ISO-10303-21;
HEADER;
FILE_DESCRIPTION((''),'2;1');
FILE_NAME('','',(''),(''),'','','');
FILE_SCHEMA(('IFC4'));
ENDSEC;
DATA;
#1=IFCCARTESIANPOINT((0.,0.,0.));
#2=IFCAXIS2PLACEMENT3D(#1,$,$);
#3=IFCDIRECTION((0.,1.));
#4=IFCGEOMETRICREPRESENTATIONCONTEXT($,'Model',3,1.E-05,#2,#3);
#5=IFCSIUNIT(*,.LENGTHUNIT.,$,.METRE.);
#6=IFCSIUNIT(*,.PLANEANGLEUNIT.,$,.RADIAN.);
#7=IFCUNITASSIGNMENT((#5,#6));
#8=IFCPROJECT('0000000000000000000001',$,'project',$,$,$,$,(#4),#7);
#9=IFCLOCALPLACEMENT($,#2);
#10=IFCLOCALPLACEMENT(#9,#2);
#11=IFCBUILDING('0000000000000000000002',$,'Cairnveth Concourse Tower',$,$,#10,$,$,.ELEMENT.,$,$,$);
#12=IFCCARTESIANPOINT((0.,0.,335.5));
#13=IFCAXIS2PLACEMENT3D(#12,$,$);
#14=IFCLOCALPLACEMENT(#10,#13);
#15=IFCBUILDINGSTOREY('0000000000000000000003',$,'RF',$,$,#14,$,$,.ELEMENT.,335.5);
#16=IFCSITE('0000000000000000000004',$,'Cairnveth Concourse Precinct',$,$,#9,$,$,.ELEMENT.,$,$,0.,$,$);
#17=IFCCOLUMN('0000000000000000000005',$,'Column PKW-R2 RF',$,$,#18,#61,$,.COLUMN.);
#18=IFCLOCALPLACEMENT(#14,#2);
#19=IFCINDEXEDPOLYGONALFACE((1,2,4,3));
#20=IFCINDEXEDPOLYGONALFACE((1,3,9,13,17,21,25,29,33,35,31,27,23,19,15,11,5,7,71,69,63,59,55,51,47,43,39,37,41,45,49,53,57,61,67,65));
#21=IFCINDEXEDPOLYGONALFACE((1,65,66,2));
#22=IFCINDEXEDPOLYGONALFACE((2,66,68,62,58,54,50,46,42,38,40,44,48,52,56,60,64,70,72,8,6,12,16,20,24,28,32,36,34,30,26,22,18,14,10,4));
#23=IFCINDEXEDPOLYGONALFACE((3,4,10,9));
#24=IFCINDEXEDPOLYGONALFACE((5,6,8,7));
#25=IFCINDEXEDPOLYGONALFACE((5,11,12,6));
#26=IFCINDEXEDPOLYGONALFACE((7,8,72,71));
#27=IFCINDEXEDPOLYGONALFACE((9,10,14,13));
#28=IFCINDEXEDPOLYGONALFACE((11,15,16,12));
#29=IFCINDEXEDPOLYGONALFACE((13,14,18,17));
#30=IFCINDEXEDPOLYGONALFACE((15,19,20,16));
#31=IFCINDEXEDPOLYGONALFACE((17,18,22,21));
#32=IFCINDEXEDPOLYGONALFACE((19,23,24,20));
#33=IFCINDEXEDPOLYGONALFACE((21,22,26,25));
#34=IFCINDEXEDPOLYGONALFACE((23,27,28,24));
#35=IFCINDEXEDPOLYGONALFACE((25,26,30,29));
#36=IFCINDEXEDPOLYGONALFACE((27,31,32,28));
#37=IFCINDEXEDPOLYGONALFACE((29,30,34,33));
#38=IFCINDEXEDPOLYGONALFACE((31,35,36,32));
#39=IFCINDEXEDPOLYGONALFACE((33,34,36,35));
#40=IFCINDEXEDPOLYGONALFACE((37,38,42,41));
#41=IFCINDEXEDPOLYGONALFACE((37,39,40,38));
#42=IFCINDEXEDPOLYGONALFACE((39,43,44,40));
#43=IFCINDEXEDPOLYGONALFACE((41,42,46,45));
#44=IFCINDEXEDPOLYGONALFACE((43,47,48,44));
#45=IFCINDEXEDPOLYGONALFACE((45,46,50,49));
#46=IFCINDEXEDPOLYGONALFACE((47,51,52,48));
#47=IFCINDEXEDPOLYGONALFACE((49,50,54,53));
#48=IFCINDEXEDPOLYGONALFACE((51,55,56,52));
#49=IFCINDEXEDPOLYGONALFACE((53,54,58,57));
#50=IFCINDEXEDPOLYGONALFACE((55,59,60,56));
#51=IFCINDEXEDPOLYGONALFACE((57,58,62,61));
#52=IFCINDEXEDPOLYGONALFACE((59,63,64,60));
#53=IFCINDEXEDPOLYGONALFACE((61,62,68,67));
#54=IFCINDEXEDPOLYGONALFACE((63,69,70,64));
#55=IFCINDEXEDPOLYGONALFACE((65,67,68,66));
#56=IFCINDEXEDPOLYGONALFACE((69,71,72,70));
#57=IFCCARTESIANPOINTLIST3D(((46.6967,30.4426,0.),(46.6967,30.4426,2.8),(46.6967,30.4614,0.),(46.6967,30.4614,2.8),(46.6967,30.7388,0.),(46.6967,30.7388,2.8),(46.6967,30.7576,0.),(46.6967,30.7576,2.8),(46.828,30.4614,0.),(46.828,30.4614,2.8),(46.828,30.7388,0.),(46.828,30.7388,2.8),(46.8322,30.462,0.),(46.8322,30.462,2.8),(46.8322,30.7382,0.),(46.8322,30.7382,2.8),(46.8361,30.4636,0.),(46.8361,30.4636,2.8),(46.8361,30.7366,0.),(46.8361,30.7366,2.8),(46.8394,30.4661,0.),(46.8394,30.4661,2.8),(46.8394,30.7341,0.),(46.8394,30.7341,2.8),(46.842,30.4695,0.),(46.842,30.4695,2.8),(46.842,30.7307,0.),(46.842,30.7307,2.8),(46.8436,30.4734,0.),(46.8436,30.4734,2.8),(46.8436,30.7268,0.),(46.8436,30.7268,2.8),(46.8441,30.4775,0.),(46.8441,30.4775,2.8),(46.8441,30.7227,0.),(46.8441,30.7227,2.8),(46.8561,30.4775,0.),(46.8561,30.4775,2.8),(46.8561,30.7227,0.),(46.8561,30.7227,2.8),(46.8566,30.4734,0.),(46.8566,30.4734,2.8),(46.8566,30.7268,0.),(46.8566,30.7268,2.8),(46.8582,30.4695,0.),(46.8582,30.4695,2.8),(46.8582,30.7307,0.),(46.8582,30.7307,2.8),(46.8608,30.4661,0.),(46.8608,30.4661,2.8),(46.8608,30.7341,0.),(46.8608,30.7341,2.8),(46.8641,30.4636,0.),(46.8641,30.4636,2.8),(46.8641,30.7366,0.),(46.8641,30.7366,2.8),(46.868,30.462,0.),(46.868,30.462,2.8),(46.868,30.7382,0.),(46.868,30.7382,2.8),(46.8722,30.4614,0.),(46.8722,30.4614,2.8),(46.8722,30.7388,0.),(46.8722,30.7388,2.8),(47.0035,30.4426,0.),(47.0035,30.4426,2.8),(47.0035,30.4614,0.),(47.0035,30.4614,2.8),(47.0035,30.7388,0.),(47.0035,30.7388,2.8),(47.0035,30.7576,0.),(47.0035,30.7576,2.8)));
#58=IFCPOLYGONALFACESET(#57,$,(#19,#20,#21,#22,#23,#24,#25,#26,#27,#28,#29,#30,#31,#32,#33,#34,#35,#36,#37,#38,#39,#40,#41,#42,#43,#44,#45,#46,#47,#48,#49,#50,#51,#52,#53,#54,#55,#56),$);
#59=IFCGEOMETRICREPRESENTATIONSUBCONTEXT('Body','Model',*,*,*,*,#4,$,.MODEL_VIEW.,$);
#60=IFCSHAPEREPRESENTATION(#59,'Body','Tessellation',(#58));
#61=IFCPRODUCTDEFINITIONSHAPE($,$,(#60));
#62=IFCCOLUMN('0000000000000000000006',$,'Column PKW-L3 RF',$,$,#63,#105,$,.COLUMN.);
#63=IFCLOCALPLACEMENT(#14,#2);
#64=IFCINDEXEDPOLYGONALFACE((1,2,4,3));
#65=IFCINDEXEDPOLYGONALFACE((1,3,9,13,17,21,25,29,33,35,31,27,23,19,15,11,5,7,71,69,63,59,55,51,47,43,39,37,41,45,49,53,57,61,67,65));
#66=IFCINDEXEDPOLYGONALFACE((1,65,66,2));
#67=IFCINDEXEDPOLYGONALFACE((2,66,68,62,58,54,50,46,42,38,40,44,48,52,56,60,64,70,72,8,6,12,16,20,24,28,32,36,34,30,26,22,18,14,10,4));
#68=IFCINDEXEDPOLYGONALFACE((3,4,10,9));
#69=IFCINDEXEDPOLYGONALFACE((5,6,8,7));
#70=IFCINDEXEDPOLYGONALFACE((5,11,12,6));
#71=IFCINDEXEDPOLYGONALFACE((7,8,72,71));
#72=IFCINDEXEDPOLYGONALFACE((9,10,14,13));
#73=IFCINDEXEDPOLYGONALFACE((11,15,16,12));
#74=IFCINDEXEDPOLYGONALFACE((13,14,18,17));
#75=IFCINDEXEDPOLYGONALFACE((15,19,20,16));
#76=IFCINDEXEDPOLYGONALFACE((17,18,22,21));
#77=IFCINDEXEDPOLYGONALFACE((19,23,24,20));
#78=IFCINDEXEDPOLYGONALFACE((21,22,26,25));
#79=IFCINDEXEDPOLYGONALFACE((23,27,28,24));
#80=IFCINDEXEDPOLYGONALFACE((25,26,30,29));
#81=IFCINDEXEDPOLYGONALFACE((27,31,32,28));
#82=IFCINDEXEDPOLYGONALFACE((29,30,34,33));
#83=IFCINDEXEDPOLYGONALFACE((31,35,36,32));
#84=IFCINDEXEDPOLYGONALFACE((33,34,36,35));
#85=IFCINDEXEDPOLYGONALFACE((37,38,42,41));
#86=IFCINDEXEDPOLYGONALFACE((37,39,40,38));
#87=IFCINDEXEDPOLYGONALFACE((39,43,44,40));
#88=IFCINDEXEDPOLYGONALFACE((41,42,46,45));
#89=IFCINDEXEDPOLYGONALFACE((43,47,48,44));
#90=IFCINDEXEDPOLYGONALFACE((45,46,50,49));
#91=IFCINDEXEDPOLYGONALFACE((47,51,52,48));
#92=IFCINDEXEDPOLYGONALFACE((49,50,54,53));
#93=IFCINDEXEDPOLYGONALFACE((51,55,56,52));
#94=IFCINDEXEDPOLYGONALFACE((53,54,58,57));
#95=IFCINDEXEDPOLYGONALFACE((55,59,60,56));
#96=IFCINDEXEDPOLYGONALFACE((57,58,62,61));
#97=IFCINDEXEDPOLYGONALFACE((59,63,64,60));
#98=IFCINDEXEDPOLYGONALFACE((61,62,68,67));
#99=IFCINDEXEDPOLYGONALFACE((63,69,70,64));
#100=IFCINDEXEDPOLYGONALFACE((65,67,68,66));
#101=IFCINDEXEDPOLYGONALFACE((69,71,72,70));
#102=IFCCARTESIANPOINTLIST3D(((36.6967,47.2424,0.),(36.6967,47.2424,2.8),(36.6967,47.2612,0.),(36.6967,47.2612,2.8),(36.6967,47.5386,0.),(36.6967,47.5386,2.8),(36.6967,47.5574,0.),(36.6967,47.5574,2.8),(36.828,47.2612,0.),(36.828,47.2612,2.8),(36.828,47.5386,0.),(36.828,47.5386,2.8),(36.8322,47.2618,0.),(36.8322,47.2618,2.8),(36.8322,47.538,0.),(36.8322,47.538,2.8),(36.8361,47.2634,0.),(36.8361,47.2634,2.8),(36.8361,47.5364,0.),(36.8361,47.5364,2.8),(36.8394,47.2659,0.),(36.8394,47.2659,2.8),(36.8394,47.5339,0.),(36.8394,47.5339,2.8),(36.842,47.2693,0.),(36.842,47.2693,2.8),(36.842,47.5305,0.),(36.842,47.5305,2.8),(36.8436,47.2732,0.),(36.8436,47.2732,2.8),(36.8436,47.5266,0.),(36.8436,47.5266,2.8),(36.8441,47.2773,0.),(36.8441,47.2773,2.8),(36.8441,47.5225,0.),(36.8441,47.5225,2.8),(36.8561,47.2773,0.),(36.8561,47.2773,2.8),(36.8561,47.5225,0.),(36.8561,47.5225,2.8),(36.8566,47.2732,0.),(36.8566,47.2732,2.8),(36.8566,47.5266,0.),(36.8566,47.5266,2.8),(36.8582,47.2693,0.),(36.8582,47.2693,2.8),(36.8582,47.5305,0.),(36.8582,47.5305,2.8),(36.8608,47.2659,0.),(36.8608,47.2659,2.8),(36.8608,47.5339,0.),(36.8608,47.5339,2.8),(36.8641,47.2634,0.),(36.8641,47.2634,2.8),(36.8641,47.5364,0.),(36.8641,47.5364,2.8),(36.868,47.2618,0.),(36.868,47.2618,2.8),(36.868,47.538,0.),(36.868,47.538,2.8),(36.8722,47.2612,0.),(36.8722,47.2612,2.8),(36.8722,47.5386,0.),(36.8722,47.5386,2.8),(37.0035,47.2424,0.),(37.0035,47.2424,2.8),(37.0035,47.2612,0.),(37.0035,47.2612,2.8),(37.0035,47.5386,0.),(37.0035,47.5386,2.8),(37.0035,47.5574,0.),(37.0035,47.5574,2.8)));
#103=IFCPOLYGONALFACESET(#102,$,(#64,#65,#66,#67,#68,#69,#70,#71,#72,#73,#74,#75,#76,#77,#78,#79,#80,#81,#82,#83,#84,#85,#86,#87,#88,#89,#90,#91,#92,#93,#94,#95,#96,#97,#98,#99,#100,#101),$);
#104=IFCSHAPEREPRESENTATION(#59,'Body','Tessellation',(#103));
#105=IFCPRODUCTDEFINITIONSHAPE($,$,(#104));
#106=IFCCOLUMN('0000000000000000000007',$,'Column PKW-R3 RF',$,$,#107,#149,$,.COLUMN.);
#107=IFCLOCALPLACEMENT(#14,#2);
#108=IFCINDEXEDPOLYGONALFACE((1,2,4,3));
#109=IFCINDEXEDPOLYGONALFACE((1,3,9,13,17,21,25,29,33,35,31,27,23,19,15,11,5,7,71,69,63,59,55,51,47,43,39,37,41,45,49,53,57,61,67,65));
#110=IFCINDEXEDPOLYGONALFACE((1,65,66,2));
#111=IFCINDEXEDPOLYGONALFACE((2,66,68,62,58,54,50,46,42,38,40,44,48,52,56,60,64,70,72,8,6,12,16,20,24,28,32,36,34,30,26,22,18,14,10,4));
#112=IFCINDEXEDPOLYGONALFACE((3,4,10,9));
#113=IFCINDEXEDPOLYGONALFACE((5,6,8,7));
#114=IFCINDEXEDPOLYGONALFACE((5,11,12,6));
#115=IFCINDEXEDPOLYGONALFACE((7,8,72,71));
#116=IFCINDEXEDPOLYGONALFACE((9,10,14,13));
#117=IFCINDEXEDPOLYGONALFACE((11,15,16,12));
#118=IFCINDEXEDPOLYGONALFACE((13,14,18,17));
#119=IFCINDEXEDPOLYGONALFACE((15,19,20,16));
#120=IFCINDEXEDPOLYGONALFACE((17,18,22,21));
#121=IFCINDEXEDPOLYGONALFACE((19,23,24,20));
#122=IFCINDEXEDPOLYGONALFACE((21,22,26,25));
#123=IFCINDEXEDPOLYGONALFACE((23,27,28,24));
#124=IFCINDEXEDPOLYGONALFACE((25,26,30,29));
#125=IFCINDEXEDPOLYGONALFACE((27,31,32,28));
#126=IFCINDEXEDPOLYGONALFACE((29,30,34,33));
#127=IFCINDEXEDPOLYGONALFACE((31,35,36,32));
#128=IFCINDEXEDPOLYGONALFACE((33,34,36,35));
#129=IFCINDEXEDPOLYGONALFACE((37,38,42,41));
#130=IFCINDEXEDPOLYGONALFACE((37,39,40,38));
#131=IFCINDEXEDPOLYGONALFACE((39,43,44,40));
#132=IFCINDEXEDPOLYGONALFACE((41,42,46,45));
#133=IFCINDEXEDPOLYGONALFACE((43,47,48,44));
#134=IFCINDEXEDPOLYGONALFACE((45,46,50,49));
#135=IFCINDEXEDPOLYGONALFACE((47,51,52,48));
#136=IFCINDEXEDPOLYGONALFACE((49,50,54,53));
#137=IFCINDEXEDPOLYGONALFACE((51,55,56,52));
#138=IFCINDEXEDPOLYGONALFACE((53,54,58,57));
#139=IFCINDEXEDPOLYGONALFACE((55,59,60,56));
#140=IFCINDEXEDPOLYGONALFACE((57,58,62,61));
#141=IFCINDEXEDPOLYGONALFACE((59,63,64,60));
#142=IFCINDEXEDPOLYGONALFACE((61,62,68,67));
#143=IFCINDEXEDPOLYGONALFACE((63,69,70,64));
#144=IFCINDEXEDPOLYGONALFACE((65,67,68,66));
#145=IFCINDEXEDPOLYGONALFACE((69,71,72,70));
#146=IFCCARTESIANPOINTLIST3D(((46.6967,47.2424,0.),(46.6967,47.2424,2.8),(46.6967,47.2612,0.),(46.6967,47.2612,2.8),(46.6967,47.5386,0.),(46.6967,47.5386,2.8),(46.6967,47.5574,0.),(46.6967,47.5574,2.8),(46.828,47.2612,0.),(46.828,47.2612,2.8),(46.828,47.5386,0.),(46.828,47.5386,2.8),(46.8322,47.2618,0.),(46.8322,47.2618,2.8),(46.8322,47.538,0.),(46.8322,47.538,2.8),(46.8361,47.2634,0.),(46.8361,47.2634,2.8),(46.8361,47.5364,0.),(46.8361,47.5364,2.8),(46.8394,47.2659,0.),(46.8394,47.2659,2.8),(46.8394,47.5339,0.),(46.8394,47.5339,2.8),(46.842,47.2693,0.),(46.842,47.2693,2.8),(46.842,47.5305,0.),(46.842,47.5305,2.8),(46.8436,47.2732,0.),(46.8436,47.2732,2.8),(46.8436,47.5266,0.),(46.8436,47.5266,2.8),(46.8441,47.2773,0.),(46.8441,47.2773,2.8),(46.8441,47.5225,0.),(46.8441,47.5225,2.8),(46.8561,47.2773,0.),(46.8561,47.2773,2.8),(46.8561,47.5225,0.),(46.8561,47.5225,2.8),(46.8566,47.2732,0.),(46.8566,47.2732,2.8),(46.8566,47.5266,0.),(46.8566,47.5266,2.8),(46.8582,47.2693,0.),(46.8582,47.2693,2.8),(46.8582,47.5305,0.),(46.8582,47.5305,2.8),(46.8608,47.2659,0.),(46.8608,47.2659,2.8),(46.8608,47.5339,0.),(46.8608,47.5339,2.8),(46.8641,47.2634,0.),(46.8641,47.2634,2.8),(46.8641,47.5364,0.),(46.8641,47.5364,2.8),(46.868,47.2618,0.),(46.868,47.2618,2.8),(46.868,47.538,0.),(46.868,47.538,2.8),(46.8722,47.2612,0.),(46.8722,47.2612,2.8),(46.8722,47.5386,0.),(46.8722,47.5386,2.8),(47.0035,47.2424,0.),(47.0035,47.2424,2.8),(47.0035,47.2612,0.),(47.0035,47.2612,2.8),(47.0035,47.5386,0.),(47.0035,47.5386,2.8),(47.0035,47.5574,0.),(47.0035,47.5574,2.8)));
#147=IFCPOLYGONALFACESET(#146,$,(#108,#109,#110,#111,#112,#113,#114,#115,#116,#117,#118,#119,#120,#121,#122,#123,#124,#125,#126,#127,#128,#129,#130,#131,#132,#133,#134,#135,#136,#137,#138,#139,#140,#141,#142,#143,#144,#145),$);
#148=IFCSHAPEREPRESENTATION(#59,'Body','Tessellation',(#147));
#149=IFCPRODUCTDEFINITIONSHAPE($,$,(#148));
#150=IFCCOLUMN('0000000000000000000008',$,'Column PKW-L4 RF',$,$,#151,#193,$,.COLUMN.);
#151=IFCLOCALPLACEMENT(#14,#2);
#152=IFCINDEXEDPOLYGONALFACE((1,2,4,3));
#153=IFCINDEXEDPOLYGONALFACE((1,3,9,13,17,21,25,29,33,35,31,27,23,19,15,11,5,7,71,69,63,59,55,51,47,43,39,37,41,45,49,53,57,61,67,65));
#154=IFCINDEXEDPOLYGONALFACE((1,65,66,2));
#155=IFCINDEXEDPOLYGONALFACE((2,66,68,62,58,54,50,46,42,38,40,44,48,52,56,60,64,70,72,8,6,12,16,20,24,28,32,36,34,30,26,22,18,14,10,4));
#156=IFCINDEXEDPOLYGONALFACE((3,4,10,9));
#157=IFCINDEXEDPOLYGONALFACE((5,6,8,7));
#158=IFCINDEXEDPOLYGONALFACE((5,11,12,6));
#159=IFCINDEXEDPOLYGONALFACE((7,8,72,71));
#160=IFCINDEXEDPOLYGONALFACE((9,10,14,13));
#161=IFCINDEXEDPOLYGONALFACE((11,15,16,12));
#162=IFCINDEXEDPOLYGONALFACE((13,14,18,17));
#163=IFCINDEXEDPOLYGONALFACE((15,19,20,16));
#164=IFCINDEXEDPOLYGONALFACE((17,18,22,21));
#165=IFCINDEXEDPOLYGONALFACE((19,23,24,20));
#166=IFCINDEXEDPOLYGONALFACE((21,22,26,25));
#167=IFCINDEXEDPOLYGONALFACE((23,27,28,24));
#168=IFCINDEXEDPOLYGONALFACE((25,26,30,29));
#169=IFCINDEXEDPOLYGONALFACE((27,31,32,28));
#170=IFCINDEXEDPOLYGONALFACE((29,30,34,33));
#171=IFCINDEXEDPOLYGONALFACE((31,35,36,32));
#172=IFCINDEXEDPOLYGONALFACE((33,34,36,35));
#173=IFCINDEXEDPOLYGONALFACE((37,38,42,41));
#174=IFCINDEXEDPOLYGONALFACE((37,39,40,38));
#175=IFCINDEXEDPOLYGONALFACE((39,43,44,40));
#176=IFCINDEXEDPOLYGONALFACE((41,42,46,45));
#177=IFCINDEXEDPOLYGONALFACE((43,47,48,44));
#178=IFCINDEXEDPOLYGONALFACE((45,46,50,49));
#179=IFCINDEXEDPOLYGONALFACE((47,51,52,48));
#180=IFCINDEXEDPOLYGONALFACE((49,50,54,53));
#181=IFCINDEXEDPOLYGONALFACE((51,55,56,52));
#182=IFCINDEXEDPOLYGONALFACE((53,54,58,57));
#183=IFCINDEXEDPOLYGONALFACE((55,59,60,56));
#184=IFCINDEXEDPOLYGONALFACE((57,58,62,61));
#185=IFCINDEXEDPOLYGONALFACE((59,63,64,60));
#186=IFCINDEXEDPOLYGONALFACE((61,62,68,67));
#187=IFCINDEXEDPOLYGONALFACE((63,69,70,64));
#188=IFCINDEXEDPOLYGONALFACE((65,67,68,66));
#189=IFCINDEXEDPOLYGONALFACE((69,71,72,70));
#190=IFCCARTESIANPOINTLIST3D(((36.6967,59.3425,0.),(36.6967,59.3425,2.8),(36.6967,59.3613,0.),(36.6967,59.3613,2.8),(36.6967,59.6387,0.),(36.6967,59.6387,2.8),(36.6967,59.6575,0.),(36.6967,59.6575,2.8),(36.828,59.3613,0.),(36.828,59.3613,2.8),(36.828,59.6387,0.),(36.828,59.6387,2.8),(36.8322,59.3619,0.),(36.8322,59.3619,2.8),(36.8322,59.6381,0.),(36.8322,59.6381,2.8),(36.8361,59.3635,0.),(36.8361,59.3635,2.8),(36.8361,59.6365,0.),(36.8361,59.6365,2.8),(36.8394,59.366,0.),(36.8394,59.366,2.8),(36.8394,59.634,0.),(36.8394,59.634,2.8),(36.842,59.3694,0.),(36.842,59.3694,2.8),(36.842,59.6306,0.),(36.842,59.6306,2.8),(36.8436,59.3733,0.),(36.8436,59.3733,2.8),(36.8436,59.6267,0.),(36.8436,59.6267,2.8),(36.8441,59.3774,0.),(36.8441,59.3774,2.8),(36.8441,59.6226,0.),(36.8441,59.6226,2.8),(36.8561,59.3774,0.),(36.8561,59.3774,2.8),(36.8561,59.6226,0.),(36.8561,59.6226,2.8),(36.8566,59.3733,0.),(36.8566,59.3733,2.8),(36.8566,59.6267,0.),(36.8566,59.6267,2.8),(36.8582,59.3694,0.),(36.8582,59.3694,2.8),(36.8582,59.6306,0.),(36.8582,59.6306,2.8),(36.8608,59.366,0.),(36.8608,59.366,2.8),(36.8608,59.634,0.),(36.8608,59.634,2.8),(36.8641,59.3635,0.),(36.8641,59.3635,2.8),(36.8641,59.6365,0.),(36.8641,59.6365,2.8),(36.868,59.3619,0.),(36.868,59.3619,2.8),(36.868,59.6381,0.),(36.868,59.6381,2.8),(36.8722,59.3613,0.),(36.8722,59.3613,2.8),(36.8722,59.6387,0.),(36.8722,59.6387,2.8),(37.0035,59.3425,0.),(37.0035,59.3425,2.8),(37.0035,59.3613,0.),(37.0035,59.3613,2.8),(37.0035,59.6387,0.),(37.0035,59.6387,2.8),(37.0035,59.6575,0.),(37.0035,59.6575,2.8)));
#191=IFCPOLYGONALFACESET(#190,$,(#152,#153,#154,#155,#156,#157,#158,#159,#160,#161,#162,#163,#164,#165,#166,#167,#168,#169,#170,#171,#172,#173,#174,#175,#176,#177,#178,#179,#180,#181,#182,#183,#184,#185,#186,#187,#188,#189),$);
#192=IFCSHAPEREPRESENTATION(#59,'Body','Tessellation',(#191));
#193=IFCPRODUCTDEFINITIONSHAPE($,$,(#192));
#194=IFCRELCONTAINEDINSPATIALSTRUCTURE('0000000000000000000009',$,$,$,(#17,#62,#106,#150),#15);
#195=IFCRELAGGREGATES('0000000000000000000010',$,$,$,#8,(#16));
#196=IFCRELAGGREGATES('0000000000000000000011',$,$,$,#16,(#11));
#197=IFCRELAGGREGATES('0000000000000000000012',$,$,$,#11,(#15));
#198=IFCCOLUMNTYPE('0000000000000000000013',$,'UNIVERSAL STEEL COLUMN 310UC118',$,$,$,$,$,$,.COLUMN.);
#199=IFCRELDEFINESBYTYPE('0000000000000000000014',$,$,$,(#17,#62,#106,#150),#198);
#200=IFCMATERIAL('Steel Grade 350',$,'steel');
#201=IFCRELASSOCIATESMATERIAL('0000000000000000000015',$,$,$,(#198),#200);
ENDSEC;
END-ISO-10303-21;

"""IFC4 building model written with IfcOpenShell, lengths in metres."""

from ifc_helpers import new_model, si_unit, direction, frame, origin, origin_2d, place, context, subcontext, project, spatial, i_section, extrude, material, material_profile, profile_set, type_object, element, save


model = new_model("IFC4")

# Units and contexts
model_context = context("Model", 3, precision=1e-05, world=origin(), true_north=direction((0.0, 1.0)))
body_context = subcontext(model_context, "Body", "Model", "MODEL_VIEW")
ifc_project = project(units=[si_unit("LENGTHUNIT", "METRE"), si_unit("PLANEANGLEUNIT", "RADIAN")], contexts=[model_context])

# Site, building, storey
site_placement = place(None, origin())
site = spatial("IfcSite", under=ifc_project, at=site_placement, Name="Cairnveth Concourse Precinct", CompositionType="ELEMENT", RefElevation=0.0)
building_placement = place(site_placement, origin())
building = spatial("IfcBuilding", under=site, at=building_placement, Name="Cairnveth Concourse Tower", CompositionType="ELEMENT")
storey_placement = place(building_placement, frame((0.0, 0.0, 335.5)))
storey = spatial("IfcBuildingStorey", under=building, at=storey_placement, Name="RF", CompositionType="ELEMENT", Elevation=335.5)

# Columns
ifc_material_1 = material(Name="Steel Grade 350", Category="steel")
ifc_material_profile_1 = material_profile(ifc_material_1, i_section(OverallWidth=0.3069, OverallDepth=0.3149, WebThickness=0.012, FlangeThickness=0.0188, FilletRadius=0.0161, at=origin_2d()), Name="310UC118")
ifc_profile_set_1 = profile_set([ifc_material_profile_1], Name="Steel Grade 350")
column_type_1 = type_object("IfcColumnType", Name="UNIVERSAL STEEL COLUMN 310UC118", PredefinedType="COLUMN", material=ifc_profile_set_1)
for number, where, z_axis, x_axis, name in (
    (1, (46.8501, 30.6001, 0.0), (0.0, 0.0, 1.0), (1.0, 0.0, 0.0), "Column PKW-R2 RF"),
    (2, (36.8501, 47.3999, 0.0), (0.0, 0.0, 1.0), (1.0, 0.0, 0.0), "Column PKW-L3 RF"),
    (3, (46.8501, 47.3999, 0.0), (0.0, 0.0, 1.0), (1.0, 0.0, 0.0), "Column PKW-R3 RF"),
    (4, (36.8501, 59.5, 0.0), (0.0, 0.0, 1.0), (1.0, 0.0, 0.0), "Column PKW-L4 RF"),
):
    element("IfcColumn", number, at=place(storey_placement, frame(where, z_axis=z_axis, x_axis=x_axis)), inside=storey, type_object=column_type_1, Name=name, PredefinedType="COLUMN", context=body_context, shape_type="SweptSolid", body=[
        extrude(i_section(OverallWidth=0.3069, OverallDepth=0.3149, WebThickness=0.012, FlangeThickness=0.0188, FilletRadius=0.0161, at=origin_2d()), origin(), (0.0, 0.0, 1.0), 2.8),
    ])

save(model, "model.ifc")
